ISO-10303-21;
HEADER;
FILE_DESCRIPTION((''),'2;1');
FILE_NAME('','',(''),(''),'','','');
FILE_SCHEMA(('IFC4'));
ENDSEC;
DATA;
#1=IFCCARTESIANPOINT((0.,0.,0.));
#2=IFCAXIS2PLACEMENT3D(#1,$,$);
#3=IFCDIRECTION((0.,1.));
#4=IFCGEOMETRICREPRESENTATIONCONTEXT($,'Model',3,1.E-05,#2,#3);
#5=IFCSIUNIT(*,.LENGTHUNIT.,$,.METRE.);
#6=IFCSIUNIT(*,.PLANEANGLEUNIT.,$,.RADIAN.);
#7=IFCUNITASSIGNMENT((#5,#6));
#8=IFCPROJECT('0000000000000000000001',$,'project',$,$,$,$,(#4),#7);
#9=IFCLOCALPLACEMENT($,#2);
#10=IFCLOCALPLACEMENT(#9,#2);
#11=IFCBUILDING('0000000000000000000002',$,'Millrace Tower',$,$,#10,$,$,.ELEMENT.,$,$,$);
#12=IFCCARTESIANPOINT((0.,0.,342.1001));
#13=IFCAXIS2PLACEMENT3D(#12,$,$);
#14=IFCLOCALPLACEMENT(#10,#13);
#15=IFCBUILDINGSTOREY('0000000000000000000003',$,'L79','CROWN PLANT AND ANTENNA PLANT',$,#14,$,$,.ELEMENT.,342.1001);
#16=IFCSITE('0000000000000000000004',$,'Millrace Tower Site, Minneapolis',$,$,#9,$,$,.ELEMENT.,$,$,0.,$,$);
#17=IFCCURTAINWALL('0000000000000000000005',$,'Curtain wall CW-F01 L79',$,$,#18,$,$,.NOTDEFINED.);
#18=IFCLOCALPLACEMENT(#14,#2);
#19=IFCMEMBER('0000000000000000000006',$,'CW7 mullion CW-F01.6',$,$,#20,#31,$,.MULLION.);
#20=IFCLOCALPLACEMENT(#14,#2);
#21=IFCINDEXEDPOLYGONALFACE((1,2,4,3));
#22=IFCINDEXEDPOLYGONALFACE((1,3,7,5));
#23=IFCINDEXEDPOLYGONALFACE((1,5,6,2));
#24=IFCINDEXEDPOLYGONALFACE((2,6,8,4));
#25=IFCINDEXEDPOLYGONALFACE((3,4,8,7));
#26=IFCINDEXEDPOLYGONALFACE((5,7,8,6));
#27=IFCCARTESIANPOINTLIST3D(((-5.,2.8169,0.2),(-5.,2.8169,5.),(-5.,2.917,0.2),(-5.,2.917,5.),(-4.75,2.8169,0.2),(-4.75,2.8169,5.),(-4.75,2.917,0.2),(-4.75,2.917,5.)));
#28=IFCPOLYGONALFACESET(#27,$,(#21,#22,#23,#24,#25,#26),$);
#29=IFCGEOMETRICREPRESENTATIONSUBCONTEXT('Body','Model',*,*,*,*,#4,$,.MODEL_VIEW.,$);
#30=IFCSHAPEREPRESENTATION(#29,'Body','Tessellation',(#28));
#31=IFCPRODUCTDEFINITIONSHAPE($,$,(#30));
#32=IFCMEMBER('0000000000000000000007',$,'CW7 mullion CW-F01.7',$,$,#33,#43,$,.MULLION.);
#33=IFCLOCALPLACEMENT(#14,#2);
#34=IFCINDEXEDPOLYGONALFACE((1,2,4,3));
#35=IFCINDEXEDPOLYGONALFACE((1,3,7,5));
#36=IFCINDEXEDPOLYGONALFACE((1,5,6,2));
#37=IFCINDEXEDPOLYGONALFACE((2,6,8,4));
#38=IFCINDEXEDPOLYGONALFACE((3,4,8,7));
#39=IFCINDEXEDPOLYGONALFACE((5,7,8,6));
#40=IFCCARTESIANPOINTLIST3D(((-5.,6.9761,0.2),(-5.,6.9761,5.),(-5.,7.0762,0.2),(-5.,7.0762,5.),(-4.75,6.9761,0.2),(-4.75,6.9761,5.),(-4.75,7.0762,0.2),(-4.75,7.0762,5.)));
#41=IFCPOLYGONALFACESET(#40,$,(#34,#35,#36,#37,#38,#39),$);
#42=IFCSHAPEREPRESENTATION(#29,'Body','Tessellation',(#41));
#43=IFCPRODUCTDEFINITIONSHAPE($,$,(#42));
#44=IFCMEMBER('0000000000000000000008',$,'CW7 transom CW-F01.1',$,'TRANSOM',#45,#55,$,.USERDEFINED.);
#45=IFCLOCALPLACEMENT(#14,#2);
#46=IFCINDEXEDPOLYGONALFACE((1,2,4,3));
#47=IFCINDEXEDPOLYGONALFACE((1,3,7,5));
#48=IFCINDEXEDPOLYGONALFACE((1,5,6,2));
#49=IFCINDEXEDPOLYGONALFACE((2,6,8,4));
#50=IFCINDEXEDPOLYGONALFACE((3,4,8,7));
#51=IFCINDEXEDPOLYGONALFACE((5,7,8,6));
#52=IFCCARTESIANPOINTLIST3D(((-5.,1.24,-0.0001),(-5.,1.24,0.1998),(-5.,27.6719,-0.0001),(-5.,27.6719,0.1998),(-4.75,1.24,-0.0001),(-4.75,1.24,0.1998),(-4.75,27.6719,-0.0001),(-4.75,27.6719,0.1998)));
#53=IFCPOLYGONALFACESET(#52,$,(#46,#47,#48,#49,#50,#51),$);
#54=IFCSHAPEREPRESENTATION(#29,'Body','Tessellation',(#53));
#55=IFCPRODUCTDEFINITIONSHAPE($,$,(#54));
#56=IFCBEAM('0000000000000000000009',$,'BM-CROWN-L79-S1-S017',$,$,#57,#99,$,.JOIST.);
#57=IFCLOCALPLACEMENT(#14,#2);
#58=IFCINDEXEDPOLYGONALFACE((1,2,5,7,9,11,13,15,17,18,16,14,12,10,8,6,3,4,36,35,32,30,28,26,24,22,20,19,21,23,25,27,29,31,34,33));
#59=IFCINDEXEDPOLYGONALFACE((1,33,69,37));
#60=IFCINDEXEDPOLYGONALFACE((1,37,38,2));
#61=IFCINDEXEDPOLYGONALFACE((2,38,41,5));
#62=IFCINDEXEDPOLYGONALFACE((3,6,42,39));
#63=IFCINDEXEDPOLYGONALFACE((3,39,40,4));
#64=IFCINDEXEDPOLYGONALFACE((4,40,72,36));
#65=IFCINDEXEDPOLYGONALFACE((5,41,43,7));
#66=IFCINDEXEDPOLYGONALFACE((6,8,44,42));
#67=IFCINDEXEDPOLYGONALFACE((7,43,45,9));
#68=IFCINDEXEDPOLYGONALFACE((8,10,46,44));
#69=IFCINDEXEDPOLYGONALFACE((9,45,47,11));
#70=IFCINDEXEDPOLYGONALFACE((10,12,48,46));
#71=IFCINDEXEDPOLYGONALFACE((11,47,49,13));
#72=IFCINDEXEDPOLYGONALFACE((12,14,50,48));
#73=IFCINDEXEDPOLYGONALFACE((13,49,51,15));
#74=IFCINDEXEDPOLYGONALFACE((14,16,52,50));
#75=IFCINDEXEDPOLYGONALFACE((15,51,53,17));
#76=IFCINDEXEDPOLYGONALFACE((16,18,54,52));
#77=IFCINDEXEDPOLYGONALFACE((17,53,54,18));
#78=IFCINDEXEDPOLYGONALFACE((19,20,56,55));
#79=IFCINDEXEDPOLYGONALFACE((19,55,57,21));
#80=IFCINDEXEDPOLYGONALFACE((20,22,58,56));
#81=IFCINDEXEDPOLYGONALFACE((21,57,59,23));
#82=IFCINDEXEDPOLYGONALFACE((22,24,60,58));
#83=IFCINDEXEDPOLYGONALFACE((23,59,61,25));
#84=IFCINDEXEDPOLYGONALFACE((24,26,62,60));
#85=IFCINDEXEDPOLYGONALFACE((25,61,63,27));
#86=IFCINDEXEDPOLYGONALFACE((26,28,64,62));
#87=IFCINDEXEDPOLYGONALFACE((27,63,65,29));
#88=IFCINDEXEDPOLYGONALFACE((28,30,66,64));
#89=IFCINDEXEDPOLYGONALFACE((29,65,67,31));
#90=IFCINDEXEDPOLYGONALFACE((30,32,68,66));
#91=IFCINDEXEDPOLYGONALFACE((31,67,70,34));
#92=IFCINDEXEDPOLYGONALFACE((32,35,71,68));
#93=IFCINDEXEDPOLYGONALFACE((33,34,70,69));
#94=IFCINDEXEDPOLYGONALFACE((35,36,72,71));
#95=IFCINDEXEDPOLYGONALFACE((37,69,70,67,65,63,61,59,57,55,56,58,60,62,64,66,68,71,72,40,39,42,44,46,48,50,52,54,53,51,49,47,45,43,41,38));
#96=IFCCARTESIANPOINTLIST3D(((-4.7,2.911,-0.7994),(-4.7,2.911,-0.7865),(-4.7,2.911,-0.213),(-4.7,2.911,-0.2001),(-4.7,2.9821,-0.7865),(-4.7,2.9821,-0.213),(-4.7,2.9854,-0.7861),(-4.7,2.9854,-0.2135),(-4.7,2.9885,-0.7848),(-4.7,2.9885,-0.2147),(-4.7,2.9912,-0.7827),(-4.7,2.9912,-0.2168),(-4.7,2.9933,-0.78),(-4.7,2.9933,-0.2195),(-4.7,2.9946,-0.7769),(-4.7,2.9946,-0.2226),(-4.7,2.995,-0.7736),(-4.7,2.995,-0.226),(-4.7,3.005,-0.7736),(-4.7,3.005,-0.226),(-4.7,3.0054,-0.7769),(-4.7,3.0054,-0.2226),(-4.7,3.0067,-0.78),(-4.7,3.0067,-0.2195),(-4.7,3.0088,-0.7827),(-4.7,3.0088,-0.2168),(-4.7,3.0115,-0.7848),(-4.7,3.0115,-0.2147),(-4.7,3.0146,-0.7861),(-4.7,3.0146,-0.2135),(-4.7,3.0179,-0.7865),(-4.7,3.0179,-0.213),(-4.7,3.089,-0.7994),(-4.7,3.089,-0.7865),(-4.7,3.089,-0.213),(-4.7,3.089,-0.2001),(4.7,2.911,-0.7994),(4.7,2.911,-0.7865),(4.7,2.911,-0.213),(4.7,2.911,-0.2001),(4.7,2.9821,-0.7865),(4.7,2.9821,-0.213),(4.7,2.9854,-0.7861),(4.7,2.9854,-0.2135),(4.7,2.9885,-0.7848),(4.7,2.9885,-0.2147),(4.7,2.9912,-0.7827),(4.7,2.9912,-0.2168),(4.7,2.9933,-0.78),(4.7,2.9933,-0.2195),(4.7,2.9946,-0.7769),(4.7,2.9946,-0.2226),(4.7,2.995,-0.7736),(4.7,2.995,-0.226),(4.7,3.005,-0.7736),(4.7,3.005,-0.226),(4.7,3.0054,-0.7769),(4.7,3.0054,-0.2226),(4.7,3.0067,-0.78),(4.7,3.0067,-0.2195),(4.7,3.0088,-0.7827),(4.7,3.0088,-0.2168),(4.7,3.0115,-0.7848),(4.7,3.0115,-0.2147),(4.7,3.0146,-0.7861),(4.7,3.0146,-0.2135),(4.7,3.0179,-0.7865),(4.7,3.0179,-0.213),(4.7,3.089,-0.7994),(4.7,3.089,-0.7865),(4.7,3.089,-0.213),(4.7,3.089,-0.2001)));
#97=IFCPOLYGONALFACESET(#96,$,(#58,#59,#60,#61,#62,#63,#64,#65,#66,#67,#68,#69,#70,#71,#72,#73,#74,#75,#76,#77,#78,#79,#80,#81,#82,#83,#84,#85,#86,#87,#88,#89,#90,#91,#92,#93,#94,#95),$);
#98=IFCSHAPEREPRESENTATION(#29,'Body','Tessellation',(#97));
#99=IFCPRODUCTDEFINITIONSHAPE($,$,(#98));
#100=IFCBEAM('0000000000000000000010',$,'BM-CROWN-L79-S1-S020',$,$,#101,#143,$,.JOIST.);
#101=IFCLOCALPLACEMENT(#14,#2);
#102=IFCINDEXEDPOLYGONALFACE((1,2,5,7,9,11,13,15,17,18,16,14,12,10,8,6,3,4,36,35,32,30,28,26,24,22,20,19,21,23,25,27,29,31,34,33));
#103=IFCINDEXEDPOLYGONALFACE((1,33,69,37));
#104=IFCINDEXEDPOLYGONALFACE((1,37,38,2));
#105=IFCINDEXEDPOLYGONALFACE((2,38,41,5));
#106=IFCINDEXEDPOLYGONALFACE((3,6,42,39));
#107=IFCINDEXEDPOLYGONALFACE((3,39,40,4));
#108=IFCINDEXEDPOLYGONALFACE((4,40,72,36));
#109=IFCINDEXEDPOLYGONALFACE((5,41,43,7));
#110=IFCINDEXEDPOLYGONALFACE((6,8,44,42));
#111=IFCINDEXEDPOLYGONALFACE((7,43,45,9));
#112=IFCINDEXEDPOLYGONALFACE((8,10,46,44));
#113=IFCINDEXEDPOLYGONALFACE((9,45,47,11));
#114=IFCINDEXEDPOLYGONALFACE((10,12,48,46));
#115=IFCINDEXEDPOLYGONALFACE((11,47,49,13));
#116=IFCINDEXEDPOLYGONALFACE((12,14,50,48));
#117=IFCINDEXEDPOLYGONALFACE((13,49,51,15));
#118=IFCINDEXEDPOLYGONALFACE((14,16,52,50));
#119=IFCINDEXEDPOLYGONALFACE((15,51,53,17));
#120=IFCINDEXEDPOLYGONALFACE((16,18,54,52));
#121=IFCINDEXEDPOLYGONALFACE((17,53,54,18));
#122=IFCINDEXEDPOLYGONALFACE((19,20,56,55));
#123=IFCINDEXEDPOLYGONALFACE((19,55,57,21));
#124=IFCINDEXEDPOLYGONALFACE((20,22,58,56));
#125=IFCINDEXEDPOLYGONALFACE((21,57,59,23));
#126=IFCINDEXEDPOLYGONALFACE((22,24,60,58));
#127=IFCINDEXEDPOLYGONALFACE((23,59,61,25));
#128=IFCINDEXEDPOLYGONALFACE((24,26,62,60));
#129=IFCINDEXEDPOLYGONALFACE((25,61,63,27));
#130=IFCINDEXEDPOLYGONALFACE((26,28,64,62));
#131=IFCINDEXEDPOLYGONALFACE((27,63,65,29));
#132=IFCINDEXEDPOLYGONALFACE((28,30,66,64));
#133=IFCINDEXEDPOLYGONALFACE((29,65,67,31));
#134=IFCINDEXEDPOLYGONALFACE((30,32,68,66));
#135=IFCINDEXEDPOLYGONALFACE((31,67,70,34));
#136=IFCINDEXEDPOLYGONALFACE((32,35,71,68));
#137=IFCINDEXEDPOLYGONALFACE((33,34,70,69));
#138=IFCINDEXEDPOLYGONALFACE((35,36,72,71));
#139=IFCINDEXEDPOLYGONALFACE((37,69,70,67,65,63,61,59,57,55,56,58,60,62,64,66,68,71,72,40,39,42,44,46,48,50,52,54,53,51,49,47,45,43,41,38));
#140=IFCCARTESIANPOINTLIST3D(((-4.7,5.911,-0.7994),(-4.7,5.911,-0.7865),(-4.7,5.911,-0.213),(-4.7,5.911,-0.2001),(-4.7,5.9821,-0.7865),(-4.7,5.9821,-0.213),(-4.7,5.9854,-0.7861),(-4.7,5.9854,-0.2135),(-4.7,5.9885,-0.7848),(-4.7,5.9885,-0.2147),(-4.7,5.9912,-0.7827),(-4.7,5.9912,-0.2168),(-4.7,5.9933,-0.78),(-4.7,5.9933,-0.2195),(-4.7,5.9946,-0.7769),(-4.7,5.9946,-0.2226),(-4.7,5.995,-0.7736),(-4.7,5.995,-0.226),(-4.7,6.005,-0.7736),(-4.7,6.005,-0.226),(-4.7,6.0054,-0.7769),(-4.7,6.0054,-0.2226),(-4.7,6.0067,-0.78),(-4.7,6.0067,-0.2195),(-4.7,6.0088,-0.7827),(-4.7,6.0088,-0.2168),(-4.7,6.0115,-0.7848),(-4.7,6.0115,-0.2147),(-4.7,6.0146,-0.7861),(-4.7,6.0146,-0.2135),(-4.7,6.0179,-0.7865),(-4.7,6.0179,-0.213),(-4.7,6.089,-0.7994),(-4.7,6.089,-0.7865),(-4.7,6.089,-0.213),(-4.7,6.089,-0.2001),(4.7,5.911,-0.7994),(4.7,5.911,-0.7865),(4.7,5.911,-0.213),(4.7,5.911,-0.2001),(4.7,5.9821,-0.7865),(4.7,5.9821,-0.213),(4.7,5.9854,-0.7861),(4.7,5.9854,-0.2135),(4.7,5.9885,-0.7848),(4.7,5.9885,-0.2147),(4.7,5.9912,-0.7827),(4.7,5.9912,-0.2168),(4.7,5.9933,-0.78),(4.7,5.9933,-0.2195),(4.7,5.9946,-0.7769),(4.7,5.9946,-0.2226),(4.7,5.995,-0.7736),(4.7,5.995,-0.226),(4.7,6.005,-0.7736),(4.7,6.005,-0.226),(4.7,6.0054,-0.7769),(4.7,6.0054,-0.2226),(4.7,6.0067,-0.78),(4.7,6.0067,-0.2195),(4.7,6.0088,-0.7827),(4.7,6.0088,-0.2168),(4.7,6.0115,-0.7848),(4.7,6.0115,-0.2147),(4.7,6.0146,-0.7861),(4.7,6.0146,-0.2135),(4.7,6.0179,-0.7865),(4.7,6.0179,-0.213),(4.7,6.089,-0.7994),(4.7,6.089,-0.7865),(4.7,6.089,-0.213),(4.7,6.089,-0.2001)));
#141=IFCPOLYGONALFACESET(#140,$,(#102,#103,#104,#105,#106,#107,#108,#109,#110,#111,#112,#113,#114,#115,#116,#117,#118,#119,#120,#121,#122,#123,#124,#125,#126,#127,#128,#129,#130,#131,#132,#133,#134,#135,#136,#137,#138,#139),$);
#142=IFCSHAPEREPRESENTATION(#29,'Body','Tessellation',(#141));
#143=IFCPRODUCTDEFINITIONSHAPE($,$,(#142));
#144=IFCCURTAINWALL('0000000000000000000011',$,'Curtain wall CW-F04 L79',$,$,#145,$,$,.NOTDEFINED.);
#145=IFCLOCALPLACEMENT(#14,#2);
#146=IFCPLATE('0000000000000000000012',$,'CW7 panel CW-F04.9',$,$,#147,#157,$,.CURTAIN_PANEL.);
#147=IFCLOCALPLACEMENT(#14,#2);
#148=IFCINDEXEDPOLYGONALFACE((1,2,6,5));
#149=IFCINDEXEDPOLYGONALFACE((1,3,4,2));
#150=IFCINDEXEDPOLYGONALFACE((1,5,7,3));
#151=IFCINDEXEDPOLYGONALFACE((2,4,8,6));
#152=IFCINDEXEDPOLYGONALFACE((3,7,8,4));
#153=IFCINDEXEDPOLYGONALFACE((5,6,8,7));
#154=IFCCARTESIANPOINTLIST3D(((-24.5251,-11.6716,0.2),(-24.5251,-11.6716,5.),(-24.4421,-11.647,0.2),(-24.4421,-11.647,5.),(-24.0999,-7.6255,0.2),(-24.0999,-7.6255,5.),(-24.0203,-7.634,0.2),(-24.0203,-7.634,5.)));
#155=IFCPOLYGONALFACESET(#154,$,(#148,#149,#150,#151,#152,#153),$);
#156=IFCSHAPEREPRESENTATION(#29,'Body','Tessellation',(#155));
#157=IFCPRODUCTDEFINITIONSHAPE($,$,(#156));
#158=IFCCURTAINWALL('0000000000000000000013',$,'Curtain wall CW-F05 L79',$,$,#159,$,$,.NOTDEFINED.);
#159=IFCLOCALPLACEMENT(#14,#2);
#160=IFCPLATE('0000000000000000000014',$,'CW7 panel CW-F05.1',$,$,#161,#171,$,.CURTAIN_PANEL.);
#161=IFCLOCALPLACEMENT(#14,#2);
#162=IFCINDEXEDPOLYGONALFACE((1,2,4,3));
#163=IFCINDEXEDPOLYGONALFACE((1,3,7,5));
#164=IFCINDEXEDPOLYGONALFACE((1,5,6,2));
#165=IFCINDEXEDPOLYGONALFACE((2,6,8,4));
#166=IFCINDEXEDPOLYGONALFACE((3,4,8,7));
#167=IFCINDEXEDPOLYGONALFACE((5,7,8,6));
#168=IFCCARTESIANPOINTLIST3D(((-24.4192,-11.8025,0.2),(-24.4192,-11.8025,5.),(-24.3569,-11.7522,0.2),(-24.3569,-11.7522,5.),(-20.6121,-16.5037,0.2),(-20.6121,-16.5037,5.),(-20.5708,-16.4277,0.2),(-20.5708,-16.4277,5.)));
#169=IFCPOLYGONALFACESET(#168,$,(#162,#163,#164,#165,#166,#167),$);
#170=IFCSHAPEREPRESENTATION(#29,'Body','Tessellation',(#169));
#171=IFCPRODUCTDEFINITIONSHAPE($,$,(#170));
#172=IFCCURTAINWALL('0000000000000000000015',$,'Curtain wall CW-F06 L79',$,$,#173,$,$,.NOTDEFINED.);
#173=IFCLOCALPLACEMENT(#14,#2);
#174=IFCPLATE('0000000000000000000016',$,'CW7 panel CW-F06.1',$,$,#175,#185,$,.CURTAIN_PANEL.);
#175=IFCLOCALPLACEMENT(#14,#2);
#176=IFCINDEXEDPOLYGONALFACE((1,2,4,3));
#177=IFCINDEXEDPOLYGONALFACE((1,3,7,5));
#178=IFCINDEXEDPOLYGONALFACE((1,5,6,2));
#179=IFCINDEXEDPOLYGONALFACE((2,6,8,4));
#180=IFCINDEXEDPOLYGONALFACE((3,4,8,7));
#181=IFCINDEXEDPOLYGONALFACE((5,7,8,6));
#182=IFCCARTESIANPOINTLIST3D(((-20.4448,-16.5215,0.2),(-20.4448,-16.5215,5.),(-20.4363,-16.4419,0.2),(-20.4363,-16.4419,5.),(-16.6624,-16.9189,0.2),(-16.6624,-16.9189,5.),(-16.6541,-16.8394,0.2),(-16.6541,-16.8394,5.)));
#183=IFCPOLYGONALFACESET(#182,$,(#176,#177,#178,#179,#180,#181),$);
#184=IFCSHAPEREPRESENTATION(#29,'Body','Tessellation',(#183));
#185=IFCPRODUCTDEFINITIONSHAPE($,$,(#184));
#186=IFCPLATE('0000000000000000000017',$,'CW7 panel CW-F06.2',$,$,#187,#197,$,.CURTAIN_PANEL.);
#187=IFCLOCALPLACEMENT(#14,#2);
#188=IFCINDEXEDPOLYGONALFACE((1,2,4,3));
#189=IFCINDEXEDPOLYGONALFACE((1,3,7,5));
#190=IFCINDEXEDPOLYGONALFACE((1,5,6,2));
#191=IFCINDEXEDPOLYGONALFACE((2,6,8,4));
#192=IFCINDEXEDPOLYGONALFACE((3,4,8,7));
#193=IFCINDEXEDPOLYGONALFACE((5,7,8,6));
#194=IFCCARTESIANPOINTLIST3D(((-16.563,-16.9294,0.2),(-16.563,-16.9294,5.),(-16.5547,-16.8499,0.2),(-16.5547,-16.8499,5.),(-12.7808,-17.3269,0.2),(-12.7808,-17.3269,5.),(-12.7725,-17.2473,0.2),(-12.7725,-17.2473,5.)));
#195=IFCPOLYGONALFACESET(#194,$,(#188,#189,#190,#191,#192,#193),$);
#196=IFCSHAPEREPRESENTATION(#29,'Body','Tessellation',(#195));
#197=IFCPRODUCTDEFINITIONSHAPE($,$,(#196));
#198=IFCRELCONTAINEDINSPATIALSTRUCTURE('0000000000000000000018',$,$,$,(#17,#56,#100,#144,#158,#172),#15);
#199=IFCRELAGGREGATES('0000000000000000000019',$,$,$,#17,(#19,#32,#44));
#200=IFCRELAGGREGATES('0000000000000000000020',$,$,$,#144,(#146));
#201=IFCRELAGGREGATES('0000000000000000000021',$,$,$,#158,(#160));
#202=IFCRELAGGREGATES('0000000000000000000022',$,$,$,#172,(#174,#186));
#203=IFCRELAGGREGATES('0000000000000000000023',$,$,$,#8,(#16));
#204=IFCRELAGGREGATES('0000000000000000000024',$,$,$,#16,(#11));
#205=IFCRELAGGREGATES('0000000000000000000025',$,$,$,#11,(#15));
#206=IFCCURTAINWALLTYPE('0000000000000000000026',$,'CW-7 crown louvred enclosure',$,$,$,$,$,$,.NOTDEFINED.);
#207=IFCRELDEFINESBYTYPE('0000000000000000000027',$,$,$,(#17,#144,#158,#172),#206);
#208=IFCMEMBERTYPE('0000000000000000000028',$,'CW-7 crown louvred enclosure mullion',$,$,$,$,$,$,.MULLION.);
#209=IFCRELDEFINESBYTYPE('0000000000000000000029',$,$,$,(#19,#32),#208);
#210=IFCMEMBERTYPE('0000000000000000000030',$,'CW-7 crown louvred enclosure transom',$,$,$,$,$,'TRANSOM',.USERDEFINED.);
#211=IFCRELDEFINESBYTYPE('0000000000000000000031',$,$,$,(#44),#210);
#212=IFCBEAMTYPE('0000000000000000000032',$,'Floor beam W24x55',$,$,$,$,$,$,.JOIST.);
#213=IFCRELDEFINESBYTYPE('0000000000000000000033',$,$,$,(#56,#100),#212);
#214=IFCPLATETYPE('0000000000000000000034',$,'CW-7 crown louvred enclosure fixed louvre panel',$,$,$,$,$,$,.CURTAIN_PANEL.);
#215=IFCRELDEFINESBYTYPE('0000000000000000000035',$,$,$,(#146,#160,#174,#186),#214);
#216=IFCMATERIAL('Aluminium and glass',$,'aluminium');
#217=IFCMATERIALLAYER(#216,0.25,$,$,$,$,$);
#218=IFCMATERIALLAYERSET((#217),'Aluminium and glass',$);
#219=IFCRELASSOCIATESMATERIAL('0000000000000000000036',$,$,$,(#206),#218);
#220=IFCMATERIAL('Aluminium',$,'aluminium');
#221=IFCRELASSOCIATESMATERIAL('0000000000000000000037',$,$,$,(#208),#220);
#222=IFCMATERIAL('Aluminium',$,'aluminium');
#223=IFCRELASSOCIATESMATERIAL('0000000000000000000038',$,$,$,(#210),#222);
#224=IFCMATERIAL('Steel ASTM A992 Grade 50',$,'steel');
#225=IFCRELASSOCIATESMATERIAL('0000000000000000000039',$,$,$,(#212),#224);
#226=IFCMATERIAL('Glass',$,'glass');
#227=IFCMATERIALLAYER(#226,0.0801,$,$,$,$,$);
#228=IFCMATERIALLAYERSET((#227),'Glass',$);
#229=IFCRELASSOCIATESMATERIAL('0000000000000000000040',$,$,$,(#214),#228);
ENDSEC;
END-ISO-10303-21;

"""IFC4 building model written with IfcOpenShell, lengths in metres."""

from ifc_helpers import new_model, si_unit, direction, frame, origin, origin_2d, place, context, subcontext, project, spatial, polyline, rectangle, i_section, outline, extrude, material, layer, layer_set, material_profile, profile_set, type_object, element, aggregate, save


model = new_model("IFC4")

# Units and contexts
model_context = context("Model", 3, precision=1e-05, world=origin(), true_north=direction((0.0, 1.0)))
body_context = subcontext(model_context, "Body", "Model", "MODEL_VIEW")
ifc_project = project(units=[si_unit("LENGTHUNIT", "METRE"), si_unit("PLANEANGLEUNIT", "RADIAN")], contexts=[model_context])

# Site, building, storey
site_placement = place(None, origin())
site = spatial("IfcSite", under=ifc_project, at=site_placement, Name="Millrace Tower Site, Minneapolis", CompositionType="ELEMENT", RefElevation=0.0)
building_placement = place(site_placement, origin())
building = spatial("IfcBuilding", under=site, at=building_placement, Name="Millrace Tower", CompositionType="ELEMENT")
storey_placement = place(building_placement, frame((0.0, 0.0, 342.1001)))
storey = spatial("IfcBuildingStorey", under=building, at=storey_placement, Name="L79", Description="CROWN PLANT AND ANTENNA PLANT", CompositionType="ELEMENT", Elevation=342.1001)

# Curtain wall, members
ifc_material_1 = material(Name="Aluminium and glass", Category="aluminium")
ifc_layer_1 = layer(ifc_material_1, 0.25)
ifc_layer_set_1 = layer_set([ifc_layer_1], Name="Aluminium and glass")
curtain_wall_type = type_object("IfcCurtainWallType", Name="CW-7 crown louvred enclosure", PredefinedType="NOTDEFINED", material=ifc_layer_set_1)
placement_1 = place(storey_placement, origin())
curtain_wall_1 = element("IfcCurtainWall", 1, at=placement_1, inside=storey, type_object=curtain_wall_type, Name="Curtain wall CW-F01 L79", PredefinedType="NOTDEFINED")
ifc_material_2 = material(Name="Aluminium", Category="aluminium")
ifc_material_profile_1 = material_profile(ifc_material_2, rectangle(XDim=0.1001, YDim=0.25, at=origin_2d()))
ifc_profile_set_1 = profile_set([ifc_material_profile_1], Name="Aluminium")
member_type_1 = type_object("IfcMemberType", Name="CW-7 crown louvred enclosure mullion", PredefinedType="MULLION", material=ifc_profile_set_1)
member_1_placement = place(storey_placement, frame((-4.875, 2.8669, 0.2), z_axis=(0.0, 0.0, 1.0), x_axis=(0.0, 1.0, 0.0)))
member_1 = element("IfcMember", 2, at=member_1_placement, type_object=member_type_1, Name="CW7 mullion CW-F01.6", PredefinedType="MULLION", context=body_context, shape_type="SweptSolid", body=[
    extrude(rectangle(XDim=0.1001, YDim=0.25, at=origin_2d()), origin(), (0.0, 0.0, 1.0), 4.8),
])
member_2_placement = place(storey_placement, frame((-4.875, 7.0261, 0.2), z_axis=(0.0, 0.0, 1.0), x_axis=(0.0, 1.0, 0.0)))
member_2 = element("IfcMember", 3, at=member_2_placement, type_object=member_type_1, Name="CW7 mullion CW-F01.7", PredefinedType="MULLION", context=body_context, shape_type="SweptSolid", body=[
    extrude(rectangle(XDim=0.1001, YDim=0.25, at=origin_2d()), origin(), (0.0, 0.0, 1.0), 4.8),
])
ifc_material_3 = material(Name="Aluminium", Category="aluminium")
ifc_material_profile_2 = material_profile(ifc_material_3, rectangle(XDim=0.25, YDim=0.2, at=origin_2d()))
ifc_profile_set_2 = profile_set([ifc_material_profile_2], Name="Aluminium")
member_type_2 = type_object("IfcMemberType", Name="CW-7 crown louvred enclosure transom", ElementType="TRANSOM", PredefinedType="USERDEFINED", material=ifc_profile_set_2)
member_3_placement = place(storey_placement, frame((-4.875, 1.24, 0.0999), z_axis=(0.0, 1.0, 0.0), x_axis=(-1.0, 0.0, 0.0)))
member_3 = element("IfcMember", 4, at=member_3_placement, type_object=member_type_2, Name="CW7 transom CW-F01.1", ObjectType="TRANSOM", PredefinedType="USERDEFINED", context=body_context, shape_type="SweptSolid", body=[
    extrude(rectangle(XDim=0.25, YDim=0.2, at=origin_2d()), origin(), (0.0, 0.0, 1.0), 26.4319),
])
aggregate(curtain_wall_1, [member_1, member_2, member_3])

# Beams
ifc_material_4 = material(Name="Steel ASTM A992 Grade 50", Category="steel")
ifc_material_profile_3 = material_profile(ifc_material_4, i_section(OverallWidth=0.178, OverallDepth=0.5994, WebThickness=0.01, FlangeThickness=0.0129, FilletRadius=0.0129, at=origin_2d()))
ifc_profile_set_3 = profile_set([ifc_material_profile_3], Name="Steel ASTM A992 Grade 50")
beam_type = type_object("IfcBeamType", Name="Floor beam W24x55", PredefinedType="JOIST", material=ifc_profile_set_3)
for number, where, z_axis, x_axis, name in (
    (5, (-4.7, 3.0, -0.4998), (1.0, 0.0, 0.0), (0.0, 1.0, 0.0), "BM-CROWN-L79-S1-S017"),
    (6, (-4.7, 6.0, -0.4998), (1.0, 0.0, 0.0), (0.0, 1.0, 0.0), "BM-CROWN-L79-S1-S020"),
):
    element("IfcBeam", number, at=place(storey_placement, frame(where, z_axis=z_axis, x_axis=x_axis)), inside=storey, type_object=beam_type, Name=name, PredefinedType="JOIST", context=body_context, shape_type="SweptSolid", body=[
        extrude(i_section(OverallWidth=0.178, OverallDepth=0.5994, WebThickness=0.01, FlangeThickness=0.0129, FilletRadius=0.0129, at=origin_2d()), origin(), (0.0, 0.0, 1.0), 9.3999),
    ])

# Curtain walls, plates
curtain_wall_2 = element("IfcCurtainWall", 7, at=placement_1, inside=storey, type_object=curtain_wall_type, Name="Curtain wall CW-F04 L79", PredefinedType="NOTDEFINED")
ifc_material_5 = material(Name="Glass", Category="glass")
ifc_layer_2 = layer(ifc_material_5, 0.0801)
ifc_layer_set_2 = layer_set([ifc_layer_2], Name="Glass")
plate_type = type_object("IfcPlateType", Name="CW-7 crown louvred enclosure fixed louvre panel", PredefinedType="CURTAIN_PANEL", material=ifc_layer_set_2)
placement_2 = place(storey_placement, frame((0.0, 0.0, 0.2)))
plate_1 = element("IfcPlate", 8, at=placement_2, type_object=plate_type, Name="CW7 panel CW-F04.9", PredefinedType="CURTAIN_PANEL", context=body_context, shape_type="SweptSolid", body=[
    extrude(outline(polyline([(-24.0999, -7.6255), (-24.5251, -11.6716), (-24.4421, -11.647), (-24.0203, -7.634), (-24.0999, -7.6255)])), origin(), (0.0, 0.0, 1.0), 4.8),
])
aggregate(curtain_wall_2, [plate_1])
curtain_wall_3 = element("IfcCurtainWall", 9, at=placement_1, inside=storey, type_object=curtain_wall_type, Name="Curtain wall CW-F05 L79", PredefinedType="NOTDEFINED")
plate_2 = element("IfcPlate", 10, at=placement_2, type_object=plate_type, Name="CW7 panel CW-F05.1", PredefinedType="CURTAIN_PANEL", context=body_context, shape_type="SweptSolid", body=[
    extrude(outline(polyline([(-24.4192, -11.8025), (-20.6121, -16.5037), (-20.5708, -16.4277), (-24.3569, -11.7522), (-24.4192, -11.8025)])), origin(), (0.0, 0.0, 1.0), 4.8),
])
aggregate(curtain_wall_3, [plate_2])

# Curtain wall, plates
curtain_wall_4 = element("IfcCurtainWall", 11, at=placement_1, inside=storey, type_object=curtain_wall_type, Name="Curtain wall CW-F06 L79", PredefinedType="NOTDEFINED")
plate_3 = element("IfcPlate", 12, at=placement_2, type_object=plate_type, Name="CW7 panel CW-F06.1", PredefinedType="CURTAIN_PANEL", context=body_context, shape_type="SweptSolid", body=[
    extrude(outline(polyline([(-20.4448, -16.5215), (-16.6624, -16.9189), (-16.6541, -16.8394), (-20.4363, -16.4419), (-20.4448, -16.5215)])), origin(), (0.0, 0.0, 1.0), 4.8),
])
plate_4 = element("IfcPlate", 13, at=placement_2, type_object=plate_type, Name="CW7 panel CW-F06.2", PredefinedType="CURTAIN_PANEL", context=body_context, shape_type="SweptSolid", body=[
    extrude(outline(polyline([(-16.563, -16.9294), (-12.7808, -17.3269), (-12.7725, -17.2473), (-16.5547, -16.8499), (-16.563, -16.9294)])), origin(), (0.0, 0.0, 1.0), 4.8),
])
aggregate(curtain_wall_4, [plate_3, plate_4])

save(model, "model.ifc")
